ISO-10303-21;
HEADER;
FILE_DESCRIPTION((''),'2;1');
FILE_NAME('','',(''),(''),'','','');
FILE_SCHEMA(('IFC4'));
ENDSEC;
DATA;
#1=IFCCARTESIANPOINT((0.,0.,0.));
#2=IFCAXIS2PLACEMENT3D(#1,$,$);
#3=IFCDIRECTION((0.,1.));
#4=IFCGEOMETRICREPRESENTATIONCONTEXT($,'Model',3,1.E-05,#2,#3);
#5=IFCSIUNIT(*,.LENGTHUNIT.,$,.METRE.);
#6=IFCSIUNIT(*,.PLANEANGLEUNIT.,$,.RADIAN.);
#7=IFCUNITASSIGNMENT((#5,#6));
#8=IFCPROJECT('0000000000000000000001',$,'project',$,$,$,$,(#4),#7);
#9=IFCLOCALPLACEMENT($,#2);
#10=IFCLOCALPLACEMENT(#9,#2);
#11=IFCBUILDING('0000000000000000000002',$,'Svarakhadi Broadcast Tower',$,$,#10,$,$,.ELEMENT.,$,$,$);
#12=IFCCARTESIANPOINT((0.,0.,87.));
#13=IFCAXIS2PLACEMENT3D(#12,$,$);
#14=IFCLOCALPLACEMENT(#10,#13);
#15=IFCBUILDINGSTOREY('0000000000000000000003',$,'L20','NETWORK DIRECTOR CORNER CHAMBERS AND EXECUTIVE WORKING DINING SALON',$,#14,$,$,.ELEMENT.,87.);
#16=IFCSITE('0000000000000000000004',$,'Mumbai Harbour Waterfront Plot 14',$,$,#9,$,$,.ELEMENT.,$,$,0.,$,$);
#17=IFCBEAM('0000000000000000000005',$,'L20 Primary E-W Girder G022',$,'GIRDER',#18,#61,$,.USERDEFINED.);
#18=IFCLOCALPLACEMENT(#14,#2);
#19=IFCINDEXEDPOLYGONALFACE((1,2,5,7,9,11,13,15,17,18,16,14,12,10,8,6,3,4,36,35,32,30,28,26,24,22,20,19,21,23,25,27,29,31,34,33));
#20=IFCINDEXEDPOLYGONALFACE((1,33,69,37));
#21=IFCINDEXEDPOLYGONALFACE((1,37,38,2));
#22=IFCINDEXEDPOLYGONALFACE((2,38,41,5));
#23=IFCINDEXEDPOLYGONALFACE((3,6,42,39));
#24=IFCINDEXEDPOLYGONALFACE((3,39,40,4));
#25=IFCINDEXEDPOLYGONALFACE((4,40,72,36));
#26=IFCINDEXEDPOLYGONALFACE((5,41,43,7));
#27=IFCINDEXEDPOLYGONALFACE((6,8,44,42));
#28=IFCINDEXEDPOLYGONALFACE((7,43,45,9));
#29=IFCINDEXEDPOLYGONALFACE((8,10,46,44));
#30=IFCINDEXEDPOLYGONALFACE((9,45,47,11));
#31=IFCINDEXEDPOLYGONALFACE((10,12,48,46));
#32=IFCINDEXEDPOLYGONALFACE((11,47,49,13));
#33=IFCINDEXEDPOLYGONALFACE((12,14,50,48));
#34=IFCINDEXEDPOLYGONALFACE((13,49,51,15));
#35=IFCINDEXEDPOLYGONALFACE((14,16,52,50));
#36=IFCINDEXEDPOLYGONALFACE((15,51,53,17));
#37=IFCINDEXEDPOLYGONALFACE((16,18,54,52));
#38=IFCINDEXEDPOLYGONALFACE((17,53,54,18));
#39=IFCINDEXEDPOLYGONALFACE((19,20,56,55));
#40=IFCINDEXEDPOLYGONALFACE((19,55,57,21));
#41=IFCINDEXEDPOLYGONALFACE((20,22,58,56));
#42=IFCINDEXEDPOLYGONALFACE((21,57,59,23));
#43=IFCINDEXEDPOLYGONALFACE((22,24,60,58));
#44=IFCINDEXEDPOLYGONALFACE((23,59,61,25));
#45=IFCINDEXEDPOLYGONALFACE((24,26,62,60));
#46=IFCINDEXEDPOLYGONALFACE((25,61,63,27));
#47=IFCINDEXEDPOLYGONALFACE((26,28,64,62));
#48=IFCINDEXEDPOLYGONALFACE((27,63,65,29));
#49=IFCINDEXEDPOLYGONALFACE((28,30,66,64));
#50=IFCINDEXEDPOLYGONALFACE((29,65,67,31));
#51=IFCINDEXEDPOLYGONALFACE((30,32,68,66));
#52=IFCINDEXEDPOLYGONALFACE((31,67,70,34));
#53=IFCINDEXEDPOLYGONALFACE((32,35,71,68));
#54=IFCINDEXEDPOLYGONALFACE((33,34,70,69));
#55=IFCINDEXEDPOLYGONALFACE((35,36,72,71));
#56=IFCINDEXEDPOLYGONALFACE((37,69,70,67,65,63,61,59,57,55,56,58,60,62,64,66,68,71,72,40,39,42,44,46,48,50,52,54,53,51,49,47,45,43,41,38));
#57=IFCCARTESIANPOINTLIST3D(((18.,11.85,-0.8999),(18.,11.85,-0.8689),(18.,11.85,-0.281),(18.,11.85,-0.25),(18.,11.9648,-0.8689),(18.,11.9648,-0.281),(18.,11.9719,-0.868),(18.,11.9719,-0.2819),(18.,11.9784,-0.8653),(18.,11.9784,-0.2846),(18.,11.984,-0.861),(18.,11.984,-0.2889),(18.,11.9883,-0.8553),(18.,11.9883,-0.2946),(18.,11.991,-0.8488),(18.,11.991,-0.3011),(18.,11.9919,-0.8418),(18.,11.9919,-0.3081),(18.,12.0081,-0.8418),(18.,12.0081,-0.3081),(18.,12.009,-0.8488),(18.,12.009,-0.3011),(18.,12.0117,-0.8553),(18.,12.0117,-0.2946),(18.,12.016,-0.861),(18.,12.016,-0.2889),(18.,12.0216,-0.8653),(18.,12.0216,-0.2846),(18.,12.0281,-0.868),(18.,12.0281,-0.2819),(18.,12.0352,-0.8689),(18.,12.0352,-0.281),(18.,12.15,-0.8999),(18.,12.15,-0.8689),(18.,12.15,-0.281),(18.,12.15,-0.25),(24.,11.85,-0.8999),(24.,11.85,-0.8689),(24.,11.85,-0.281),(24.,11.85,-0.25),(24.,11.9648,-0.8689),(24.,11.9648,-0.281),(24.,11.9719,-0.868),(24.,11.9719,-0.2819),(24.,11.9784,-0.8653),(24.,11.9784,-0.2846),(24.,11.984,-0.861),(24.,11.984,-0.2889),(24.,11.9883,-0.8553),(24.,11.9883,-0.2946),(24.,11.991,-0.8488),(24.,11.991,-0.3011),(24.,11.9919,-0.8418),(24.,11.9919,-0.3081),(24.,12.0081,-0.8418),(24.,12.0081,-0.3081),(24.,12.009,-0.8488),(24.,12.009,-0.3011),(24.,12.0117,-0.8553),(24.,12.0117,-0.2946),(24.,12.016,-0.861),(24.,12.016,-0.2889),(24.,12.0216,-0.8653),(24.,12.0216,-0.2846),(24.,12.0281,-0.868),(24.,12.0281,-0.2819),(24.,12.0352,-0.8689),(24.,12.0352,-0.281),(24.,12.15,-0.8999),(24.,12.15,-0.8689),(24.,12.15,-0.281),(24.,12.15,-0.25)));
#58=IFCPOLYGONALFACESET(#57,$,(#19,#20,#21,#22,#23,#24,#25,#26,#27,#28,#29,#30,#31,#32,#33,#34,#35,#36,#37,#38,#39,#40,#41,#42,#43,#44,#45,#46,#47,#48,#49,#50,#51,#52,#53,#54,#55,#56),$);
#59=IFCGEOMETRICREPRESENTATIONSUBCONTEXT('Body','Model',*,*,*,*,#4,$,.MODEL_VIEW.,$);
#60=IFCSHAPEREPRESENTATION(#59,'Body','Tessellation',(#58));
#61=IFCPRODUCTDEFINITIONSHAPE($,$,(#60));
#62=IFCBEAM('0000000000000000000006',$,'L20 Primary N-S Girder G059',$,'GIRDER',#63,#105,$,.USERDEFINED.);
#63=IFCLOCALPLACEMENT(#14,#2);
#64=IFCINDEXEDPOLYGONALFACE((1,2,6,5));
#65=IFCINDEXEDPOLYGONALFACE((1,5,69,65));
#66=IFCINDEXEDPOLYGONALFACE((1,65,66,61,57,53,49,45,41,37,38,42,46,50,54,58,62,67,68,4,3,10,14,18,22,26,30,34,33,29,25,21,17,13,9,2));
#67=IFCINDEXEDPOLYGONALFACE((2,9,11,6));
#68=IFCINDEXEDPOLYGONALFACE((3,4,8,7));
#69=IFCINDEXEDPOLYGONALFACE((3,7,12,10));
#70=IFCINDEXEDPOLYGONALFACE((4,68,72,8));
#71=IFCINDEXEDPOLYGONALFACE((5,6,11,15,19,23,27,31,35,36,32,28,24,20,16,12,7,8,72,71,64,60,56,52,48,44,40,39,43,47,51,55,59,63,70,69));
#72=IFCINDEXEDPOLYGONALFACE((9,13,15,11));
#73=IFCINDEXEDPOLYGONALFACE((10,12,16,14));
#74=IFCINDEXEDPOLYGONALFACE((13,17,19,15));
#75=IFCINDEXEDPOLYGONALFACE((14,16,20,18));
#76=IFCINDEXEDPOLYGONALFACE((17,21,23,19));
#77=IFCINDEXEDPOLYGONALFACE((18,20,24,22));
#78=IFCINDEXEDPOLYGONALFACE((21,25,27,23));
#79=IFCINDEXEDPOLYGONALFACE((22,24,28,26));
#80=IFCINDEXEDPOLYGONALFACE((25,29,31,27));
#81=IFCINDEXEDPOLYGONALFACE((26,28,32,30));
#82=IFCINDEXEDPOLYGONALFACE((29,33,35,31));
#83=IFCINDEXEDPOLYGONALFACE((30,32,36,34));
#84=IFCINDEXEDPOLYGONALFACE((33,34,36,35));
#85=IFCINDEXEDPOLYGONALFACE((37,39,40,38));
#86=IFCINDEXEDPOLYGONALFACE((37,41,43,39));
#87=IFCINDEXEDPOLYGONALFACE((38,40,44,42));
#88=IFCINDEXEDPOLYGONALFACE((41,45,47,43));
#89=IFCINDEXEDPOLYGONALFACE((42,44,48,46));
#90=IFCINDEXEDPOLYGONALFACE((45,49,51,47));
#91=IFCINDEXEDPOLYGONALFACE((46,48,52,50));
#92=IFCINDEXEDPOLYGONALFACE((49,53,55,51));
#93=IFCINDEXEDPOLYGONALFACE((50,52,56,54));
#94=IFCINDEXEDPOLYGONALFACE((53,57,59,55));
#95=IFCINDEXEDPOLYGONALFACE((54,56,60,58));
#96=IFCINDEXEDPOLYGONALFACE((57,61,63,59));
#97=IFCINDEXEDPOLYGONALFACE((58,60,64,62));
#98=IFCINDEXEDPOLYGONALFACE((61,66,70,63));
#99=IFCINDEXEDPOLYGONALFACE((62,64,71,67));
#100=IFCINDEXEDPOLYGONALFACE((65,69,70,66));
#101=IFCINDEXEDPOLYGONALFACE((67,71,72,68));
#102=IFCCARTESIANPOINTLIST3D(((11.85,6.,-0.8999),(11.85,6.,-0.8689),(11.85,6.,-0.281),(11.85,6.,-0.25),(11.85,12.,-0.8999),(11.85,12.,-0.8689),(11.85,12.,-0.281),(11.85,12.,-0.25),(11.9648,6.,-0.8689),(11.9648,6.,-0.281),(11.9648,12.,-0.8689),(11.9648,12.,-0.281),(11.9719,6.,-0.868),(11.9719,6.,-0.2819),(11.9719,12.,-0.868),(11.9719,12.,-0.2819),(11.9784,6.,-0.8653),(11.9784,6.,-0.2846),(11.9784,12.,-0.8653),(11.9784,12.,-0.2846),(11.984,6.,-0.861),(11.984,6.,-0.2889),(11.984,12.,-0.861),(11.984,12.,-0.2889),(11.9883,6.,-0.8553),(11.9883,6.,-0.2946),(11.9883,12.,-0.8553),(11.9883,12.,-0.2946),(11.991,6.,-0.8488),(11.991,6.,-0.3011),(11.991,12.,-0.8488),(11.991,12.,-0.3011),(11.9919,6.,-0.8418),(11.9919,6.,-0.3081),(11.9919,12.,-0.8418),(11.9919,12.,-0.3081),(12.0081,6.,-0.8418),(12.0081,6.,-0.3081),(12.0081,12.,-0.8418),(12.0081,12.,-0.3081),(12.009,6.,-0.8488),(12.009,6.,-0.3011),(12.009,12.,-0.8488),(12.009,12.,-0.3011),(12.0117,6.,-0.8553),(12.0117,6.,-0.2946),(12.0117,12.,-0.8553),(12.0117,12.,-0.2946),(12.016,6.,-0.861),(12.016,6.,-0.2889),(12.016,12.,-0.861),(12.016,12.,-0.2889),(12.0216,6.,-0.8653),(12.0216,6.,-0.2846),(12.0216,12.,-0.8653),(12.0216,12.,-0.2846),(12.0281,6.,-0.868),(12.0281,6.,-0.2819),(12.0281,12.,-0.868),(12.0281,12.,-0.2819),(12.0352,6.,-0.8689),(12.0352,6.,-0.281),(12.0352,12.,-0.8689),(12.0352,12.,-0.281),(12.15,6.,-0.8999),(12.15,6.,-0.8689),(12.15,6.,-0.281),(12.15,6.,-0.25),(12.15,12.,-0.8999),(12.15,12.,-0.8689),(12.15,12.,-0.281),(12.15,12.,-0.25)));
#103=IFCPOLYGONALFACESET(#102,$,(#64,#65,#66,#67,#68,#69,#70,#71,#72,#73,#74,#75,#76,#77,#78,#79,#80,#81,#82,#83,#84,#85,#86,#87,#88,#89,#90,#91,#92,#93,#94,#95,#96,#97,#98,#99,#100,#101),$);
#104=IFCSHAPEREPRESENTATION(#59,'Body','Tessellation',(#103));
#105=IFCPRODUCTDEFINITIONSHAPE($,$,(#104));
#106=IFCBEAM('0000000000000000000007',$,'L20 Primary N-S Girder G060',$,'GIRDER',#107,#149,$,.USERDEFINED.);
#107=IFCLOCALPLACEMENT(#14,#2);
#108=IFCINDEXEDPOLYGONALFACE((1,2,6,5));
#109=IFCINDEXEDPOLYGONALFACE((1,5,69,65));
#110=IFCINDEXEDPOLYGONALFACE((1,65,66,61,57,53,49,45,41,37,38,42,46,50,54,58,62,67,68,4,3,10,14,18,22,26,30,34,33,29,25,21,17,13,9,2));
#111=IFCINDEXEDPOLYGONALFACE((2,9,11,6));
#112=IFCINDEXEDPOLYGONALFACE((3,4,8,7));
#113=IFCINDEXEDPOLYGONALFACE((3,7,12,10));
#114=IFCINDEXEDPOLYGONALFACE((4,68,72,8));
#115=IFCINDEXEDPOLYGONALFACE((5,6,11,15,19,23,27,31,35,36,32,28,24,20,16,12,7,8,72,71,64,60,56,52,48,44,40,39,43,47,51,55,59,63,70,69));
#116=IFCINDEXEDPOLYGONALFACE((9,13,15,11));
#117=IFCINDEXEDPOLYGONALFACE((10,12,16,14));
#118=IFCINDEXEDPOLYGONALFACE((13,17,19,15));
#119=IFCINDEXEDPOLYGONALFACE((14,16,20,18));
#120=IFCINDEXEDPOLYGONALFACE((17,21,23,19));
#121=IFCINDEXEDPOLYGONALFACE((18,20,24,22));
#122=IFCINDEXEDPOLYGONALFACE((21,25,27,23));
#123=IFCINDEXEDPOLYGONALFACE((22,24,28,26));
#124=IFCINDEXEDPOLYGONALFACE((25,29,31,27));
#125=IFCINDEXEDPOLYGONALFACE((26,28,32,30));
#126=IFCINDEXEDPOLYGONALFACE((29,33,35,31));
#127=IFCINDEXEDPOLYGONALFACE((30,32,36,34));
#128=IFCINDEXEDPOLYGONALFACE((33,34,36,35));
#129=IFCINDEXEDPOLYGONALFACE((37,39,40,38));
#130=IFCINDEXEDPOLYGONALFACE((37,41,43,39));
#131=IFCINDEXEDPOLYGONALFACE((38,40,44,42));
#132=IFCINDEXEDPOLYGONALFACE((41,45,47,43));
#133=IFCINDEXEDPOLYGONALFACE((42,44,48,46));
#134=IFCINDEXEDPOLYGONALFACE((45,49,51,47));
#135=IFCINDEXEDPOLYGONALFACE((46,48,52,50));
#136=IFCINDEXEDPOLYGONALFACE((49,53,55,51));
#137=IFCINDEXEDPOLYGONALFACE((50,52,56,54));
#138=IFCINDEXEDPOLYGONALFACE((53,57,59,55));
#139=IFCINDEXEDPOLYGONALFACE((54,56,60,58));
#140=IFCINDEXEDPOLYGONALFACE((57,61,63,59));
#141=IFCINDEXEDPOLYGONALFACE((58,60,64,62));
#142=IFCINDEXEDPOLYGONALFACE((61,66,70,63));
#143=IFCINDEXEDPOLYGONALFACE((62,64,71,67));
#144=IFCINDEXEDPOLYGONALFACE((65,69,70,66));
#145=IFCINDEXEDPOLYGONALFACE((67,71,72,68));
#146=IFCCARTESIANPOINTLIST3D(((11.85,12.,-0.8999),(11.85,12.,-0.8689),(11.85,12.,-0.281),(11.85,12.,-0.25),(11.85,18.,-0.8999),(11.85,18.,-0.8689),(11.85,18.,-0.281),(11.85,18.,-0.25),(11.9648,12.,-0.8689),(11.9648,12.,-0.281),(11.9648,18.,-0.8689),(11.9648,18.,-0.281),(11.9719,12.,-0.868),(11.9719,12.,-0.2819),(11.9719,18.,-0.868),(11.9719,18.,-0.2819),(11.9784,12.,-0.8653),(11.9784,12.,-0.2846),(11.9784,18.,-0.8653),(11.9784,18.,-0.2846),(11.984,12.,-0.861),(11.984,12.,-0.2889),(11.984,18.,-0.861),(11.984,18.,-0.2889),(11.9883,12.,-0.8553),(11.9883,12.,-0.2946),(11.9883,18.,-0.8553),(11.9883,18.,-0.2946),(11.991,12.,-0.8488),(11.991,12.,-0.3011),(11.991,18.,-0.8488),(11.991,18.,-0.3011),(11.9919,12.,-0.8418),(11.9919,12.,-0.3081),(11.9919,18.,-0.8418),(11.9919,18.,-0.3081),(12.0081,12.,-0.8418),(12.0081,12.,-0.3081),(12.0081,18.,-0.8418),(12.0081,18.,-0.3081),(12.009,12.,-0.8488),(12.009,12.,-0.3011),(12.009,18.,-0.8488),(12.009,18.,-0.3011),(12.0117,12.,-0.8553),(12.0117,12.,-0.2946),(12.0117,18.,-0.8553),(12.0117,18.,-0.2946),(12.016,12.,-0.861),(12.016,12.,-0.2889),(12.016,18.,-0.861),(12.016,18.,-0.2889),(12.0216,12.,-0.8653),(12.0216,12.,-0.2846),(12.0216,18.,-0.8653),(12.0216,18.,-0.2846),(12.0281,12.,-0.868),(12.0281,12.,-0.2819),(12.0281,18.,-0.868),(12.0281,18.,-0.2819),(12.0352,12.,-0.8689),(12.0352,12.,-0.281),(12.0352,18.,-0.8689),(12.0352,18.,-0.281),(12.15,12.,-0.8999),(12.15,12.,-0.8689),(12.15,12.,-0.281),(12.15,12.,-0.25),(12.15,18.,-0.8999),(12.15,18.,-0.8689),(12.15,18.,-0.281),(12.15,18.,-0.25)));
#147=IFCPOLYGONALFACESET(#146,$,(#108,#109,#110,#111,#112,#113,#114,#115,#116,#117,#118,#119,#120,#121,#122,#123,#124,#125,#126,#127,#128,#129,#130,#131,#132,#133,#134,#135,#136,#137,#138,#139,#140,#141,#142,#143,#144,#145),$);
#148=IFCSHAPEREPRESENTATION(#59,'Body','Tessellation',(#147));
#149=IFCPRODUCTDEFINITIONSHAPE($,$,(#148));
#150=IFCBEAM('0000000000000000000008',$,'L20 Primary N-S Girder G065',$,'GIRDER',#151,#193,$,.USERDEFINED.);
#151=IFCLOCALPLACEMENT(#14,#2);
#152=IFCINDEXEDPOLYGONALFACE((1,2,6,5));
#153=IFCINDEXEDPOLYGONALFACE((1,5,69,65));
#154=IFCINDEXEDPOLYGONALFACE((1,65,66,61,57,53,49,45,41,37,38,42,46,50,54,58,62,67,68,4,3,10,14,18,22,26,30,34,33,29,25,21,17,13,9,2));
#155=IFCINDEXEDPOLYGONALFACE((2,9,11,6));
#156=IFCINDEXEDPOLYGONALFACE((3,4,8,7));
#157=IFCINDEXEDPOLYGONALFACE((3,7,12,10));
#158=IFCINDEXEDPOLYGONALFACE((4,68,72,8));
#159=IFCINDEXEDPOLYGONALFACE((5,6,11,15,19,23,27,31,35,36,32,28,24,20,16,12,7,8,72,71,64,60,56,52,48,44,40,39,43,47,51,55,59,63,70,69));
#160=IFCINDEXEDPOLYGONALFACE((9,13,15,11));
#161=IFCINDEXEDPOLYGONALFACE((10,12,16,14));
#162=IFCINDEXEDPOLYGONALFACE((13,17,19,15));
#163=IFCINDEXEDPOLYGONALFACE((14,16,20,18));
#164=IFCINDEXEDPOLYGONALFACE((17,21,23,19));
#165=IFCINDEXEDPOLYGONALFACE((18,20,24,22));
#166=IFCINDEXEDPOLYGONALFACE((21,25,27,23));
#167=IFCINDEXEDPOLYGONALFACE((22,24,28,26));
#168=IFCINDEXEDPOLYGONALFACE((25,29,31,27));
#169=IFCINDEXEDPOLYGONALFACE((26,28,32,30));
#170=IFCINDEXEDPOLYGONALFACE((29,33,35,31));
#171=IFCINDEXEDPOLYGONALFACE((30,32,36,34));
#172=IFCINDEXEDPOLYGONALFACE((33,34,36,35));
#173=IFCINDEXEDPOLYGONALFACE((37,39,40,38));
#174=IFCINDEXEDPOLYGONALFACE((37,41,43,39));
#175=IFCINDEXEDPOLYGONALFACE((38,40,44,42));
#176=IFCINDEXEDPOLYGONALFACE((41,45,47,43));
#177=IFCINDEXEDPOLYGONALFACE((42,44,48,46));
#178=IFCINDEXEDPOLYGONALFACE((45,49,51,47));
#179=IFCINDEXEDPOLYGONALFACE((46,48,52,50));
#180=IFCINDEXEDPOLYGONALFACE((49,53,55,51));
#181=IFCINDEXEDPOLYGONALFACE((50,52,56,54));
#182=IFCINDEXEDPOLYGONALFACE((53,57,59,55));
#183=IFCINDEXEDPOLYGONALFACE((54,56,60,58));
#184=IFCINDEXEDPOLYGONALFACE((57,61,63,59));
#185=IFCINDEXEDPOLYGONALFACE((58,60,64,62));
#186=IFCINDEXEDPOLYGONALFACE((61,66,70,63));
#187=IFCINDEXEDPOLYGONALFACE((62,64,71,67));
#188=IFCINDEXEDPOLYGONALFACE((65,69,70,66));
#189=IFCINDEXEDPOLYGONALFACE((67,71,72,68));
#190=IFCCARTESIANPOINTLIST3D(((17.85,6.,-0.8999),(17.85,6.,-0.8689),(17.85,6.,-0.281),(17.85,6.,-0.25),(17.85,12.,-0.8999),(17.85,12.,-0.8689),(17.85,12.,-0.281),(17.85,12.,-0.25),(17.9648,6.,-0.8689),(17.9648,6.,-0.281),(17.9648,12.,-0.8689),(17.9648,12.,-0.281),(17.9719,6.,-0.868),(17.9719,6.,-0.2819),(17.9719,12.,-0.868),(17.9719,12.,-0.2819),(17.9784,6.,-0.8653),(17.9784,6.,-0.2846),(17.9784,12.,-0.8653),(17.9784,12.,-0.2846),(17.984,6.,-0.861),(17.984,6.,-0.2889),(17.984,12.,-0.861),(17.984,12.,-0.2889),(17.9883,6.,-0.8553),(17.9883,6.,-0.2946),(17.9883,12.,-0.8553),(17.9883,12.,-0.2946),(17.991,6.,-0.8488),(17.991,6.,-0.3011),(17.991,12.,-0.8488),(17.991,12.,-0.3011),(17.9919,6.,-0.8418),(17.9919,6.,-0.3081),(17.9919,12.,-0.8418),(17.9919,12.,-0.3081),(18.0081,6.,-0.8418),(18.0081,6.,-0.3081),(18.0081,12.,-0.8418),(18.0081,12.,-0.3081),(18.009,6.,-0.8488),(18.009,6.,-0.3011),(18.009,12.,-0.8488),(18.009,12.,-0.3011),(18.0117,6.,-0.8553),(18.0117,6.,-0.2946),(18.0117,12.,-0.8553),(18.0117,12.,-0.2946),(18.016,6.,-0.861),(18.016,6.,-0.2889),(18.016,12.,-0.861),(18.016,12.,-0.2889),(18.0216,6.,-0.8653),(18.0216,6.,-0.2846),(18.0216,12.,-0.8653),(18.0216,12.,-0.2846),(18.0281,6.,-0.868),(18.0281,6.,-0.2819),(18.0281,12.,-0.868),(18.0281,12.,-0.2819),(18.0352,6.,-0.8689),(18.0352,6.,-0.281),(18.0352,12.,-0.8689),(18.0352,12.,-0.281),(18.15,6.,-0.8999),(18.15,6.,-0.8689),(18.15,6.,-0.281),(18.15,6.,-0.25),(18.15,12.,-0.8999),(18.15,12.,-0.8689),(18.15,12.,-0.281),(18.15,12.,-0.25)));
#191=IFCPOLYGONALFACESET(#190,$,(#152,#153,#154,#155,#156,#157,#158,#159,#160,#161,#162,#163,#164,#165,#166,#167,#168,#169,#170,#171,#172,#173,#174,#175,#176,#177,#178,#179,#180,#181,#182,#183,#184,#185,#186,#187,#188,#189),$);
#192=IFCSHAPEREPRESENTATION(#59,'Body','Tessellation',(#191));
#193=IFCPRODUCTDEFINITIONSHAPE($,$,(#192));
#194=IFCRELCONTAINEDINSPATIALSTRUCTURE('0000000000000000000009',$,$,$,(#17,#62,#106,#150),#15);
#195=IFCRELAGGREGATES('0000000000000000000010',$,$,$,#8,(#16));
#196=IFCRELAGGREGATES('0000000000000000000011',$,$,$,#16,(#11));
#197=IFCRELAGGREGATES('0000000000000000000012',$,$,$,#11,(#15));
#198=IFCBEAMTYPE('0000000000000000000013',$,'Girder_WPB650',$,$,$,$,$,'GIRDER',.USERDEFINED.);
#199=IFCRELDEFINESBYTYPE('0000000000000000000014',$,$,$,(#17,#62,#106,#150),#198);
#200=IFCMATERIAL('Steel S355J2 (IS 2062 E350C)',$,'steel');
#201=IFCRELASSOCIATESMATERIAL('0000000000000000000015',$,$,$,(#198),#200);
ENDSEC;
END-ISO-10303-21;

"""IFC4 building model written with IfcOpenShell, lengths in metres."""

from ifc_helpers import new_model, si_unit, direction, frame, origin, origin_2d, place, context, subcontext, project, spatial, i_section, extrude, material, material_profile, profile_set, type_object, element, save


model = new_model("IFC4")

# Units and contexts
model_context = context("Model", 3, precision=1e-05, world=origin(), true_north=direction((0.0, 1.0)))
body_context = subcontext(model_context, "Body", "Model", "MODEL_VIEW")
ifc_project = project(units=[si_unit("LENGTHUNIT", "METRE"), si_unit("PLANEANGLEUNIT", "RADIAN")], contexts=[model_context])

# Site, building, storey
site_placement = place(None, origin())
site = spatial("IfcSite", under=ifc_project, at=site_placement, Name="Mumbai Harbour Waterfront Plot 14", CompositionType="ELEMENT", RefElevation=0.0)
building_placement = place(site_placement, origin())
building = spatial("IfcBuilding", under=site, at=building_placement, Name="Svarakhadi Broadcast Tower", CompositionType="ELEMENT")
storey_placement = place(building_placement, frame((0.0, 0.0, 87.0)))
storey = spatial("IfcBuildingStorey", under=building, at=storey_placement, Name="L20", Description="NETWORK DIRECTOR CORNER CHAMBERS AND EXECUTIVE WORKING DINING SALON", CompositionType="ELEMENT", Elevation=87.0)

# Beams
ifc_material_1 = material(Name="Steel S355J2 (IS 2062 E350C)", Category="steel")
ifc_material_profile_1 = material_profile(ifc_material_1, i_section(OverallWidth=0.3, OverallDepth=0.6499, WebThickness=0.0161, FlangeThickness=0.031, FilletRadius=0.0271, at=origin_2d()), Name="WPB 650x300x225")
ifc_profile_set_1 = profile_set([ifc_material_profile_1], Name="Steel S355J2 (IS 2062 E350C)")
beam_type_1 = type_object("IfcBeamType", Name="Girder_WPB650", ElementType="GIRDER", PredefinedType="USERDEFINED", material=ifc_profile_set_1)
for number, where, z_axis, x_axis, name in (
    (1, (18.0, 12.0, -0.575), (1.0, 0.0, 0.0), (0.0, 1.0, 0.0), "L20 Primary E-W Girder G022"),
    (2, (12.0, 6.0, -0.575), (0.0, 1.0, 0.0), (-1.0, 0.0, 0.0), "L20 Primary N-S Girder G059"),
    (3, (12.0, 12.0, -0.575), (0.0, 1.0, 0.0), (-1.0, 0.0, 0.0), "L20 Primary N-S Girder G060"),
    (4, (18.0, 6.0, -0.575), (0.0, 1.0, 0.0), (-1.0, 0.0, 0.0), "L20 Primary N-S Girder G065"),
):
    element("IfcBeam", number, at=place(storey_placement, frame(where, z_axis=z_axis, x_axis=x_axis)), inside=storey, type_object=beam_type_1, Name=name, ObjectType="GIRDER", PredefinedType="USERDEFINED", context=body_context, shape_type="SweptSolid", body=[
        extrude(i_section(OverallWidth=0.3, OverallDepth=0.6499, WebThickness=0.0161, FlangeThickness=0.031, FilletRadius=0.0271, at=origin_2d()), origin(), (0.0, 0.0, 1.0), 6.0),
    ])

save(model, "model.ifc")
